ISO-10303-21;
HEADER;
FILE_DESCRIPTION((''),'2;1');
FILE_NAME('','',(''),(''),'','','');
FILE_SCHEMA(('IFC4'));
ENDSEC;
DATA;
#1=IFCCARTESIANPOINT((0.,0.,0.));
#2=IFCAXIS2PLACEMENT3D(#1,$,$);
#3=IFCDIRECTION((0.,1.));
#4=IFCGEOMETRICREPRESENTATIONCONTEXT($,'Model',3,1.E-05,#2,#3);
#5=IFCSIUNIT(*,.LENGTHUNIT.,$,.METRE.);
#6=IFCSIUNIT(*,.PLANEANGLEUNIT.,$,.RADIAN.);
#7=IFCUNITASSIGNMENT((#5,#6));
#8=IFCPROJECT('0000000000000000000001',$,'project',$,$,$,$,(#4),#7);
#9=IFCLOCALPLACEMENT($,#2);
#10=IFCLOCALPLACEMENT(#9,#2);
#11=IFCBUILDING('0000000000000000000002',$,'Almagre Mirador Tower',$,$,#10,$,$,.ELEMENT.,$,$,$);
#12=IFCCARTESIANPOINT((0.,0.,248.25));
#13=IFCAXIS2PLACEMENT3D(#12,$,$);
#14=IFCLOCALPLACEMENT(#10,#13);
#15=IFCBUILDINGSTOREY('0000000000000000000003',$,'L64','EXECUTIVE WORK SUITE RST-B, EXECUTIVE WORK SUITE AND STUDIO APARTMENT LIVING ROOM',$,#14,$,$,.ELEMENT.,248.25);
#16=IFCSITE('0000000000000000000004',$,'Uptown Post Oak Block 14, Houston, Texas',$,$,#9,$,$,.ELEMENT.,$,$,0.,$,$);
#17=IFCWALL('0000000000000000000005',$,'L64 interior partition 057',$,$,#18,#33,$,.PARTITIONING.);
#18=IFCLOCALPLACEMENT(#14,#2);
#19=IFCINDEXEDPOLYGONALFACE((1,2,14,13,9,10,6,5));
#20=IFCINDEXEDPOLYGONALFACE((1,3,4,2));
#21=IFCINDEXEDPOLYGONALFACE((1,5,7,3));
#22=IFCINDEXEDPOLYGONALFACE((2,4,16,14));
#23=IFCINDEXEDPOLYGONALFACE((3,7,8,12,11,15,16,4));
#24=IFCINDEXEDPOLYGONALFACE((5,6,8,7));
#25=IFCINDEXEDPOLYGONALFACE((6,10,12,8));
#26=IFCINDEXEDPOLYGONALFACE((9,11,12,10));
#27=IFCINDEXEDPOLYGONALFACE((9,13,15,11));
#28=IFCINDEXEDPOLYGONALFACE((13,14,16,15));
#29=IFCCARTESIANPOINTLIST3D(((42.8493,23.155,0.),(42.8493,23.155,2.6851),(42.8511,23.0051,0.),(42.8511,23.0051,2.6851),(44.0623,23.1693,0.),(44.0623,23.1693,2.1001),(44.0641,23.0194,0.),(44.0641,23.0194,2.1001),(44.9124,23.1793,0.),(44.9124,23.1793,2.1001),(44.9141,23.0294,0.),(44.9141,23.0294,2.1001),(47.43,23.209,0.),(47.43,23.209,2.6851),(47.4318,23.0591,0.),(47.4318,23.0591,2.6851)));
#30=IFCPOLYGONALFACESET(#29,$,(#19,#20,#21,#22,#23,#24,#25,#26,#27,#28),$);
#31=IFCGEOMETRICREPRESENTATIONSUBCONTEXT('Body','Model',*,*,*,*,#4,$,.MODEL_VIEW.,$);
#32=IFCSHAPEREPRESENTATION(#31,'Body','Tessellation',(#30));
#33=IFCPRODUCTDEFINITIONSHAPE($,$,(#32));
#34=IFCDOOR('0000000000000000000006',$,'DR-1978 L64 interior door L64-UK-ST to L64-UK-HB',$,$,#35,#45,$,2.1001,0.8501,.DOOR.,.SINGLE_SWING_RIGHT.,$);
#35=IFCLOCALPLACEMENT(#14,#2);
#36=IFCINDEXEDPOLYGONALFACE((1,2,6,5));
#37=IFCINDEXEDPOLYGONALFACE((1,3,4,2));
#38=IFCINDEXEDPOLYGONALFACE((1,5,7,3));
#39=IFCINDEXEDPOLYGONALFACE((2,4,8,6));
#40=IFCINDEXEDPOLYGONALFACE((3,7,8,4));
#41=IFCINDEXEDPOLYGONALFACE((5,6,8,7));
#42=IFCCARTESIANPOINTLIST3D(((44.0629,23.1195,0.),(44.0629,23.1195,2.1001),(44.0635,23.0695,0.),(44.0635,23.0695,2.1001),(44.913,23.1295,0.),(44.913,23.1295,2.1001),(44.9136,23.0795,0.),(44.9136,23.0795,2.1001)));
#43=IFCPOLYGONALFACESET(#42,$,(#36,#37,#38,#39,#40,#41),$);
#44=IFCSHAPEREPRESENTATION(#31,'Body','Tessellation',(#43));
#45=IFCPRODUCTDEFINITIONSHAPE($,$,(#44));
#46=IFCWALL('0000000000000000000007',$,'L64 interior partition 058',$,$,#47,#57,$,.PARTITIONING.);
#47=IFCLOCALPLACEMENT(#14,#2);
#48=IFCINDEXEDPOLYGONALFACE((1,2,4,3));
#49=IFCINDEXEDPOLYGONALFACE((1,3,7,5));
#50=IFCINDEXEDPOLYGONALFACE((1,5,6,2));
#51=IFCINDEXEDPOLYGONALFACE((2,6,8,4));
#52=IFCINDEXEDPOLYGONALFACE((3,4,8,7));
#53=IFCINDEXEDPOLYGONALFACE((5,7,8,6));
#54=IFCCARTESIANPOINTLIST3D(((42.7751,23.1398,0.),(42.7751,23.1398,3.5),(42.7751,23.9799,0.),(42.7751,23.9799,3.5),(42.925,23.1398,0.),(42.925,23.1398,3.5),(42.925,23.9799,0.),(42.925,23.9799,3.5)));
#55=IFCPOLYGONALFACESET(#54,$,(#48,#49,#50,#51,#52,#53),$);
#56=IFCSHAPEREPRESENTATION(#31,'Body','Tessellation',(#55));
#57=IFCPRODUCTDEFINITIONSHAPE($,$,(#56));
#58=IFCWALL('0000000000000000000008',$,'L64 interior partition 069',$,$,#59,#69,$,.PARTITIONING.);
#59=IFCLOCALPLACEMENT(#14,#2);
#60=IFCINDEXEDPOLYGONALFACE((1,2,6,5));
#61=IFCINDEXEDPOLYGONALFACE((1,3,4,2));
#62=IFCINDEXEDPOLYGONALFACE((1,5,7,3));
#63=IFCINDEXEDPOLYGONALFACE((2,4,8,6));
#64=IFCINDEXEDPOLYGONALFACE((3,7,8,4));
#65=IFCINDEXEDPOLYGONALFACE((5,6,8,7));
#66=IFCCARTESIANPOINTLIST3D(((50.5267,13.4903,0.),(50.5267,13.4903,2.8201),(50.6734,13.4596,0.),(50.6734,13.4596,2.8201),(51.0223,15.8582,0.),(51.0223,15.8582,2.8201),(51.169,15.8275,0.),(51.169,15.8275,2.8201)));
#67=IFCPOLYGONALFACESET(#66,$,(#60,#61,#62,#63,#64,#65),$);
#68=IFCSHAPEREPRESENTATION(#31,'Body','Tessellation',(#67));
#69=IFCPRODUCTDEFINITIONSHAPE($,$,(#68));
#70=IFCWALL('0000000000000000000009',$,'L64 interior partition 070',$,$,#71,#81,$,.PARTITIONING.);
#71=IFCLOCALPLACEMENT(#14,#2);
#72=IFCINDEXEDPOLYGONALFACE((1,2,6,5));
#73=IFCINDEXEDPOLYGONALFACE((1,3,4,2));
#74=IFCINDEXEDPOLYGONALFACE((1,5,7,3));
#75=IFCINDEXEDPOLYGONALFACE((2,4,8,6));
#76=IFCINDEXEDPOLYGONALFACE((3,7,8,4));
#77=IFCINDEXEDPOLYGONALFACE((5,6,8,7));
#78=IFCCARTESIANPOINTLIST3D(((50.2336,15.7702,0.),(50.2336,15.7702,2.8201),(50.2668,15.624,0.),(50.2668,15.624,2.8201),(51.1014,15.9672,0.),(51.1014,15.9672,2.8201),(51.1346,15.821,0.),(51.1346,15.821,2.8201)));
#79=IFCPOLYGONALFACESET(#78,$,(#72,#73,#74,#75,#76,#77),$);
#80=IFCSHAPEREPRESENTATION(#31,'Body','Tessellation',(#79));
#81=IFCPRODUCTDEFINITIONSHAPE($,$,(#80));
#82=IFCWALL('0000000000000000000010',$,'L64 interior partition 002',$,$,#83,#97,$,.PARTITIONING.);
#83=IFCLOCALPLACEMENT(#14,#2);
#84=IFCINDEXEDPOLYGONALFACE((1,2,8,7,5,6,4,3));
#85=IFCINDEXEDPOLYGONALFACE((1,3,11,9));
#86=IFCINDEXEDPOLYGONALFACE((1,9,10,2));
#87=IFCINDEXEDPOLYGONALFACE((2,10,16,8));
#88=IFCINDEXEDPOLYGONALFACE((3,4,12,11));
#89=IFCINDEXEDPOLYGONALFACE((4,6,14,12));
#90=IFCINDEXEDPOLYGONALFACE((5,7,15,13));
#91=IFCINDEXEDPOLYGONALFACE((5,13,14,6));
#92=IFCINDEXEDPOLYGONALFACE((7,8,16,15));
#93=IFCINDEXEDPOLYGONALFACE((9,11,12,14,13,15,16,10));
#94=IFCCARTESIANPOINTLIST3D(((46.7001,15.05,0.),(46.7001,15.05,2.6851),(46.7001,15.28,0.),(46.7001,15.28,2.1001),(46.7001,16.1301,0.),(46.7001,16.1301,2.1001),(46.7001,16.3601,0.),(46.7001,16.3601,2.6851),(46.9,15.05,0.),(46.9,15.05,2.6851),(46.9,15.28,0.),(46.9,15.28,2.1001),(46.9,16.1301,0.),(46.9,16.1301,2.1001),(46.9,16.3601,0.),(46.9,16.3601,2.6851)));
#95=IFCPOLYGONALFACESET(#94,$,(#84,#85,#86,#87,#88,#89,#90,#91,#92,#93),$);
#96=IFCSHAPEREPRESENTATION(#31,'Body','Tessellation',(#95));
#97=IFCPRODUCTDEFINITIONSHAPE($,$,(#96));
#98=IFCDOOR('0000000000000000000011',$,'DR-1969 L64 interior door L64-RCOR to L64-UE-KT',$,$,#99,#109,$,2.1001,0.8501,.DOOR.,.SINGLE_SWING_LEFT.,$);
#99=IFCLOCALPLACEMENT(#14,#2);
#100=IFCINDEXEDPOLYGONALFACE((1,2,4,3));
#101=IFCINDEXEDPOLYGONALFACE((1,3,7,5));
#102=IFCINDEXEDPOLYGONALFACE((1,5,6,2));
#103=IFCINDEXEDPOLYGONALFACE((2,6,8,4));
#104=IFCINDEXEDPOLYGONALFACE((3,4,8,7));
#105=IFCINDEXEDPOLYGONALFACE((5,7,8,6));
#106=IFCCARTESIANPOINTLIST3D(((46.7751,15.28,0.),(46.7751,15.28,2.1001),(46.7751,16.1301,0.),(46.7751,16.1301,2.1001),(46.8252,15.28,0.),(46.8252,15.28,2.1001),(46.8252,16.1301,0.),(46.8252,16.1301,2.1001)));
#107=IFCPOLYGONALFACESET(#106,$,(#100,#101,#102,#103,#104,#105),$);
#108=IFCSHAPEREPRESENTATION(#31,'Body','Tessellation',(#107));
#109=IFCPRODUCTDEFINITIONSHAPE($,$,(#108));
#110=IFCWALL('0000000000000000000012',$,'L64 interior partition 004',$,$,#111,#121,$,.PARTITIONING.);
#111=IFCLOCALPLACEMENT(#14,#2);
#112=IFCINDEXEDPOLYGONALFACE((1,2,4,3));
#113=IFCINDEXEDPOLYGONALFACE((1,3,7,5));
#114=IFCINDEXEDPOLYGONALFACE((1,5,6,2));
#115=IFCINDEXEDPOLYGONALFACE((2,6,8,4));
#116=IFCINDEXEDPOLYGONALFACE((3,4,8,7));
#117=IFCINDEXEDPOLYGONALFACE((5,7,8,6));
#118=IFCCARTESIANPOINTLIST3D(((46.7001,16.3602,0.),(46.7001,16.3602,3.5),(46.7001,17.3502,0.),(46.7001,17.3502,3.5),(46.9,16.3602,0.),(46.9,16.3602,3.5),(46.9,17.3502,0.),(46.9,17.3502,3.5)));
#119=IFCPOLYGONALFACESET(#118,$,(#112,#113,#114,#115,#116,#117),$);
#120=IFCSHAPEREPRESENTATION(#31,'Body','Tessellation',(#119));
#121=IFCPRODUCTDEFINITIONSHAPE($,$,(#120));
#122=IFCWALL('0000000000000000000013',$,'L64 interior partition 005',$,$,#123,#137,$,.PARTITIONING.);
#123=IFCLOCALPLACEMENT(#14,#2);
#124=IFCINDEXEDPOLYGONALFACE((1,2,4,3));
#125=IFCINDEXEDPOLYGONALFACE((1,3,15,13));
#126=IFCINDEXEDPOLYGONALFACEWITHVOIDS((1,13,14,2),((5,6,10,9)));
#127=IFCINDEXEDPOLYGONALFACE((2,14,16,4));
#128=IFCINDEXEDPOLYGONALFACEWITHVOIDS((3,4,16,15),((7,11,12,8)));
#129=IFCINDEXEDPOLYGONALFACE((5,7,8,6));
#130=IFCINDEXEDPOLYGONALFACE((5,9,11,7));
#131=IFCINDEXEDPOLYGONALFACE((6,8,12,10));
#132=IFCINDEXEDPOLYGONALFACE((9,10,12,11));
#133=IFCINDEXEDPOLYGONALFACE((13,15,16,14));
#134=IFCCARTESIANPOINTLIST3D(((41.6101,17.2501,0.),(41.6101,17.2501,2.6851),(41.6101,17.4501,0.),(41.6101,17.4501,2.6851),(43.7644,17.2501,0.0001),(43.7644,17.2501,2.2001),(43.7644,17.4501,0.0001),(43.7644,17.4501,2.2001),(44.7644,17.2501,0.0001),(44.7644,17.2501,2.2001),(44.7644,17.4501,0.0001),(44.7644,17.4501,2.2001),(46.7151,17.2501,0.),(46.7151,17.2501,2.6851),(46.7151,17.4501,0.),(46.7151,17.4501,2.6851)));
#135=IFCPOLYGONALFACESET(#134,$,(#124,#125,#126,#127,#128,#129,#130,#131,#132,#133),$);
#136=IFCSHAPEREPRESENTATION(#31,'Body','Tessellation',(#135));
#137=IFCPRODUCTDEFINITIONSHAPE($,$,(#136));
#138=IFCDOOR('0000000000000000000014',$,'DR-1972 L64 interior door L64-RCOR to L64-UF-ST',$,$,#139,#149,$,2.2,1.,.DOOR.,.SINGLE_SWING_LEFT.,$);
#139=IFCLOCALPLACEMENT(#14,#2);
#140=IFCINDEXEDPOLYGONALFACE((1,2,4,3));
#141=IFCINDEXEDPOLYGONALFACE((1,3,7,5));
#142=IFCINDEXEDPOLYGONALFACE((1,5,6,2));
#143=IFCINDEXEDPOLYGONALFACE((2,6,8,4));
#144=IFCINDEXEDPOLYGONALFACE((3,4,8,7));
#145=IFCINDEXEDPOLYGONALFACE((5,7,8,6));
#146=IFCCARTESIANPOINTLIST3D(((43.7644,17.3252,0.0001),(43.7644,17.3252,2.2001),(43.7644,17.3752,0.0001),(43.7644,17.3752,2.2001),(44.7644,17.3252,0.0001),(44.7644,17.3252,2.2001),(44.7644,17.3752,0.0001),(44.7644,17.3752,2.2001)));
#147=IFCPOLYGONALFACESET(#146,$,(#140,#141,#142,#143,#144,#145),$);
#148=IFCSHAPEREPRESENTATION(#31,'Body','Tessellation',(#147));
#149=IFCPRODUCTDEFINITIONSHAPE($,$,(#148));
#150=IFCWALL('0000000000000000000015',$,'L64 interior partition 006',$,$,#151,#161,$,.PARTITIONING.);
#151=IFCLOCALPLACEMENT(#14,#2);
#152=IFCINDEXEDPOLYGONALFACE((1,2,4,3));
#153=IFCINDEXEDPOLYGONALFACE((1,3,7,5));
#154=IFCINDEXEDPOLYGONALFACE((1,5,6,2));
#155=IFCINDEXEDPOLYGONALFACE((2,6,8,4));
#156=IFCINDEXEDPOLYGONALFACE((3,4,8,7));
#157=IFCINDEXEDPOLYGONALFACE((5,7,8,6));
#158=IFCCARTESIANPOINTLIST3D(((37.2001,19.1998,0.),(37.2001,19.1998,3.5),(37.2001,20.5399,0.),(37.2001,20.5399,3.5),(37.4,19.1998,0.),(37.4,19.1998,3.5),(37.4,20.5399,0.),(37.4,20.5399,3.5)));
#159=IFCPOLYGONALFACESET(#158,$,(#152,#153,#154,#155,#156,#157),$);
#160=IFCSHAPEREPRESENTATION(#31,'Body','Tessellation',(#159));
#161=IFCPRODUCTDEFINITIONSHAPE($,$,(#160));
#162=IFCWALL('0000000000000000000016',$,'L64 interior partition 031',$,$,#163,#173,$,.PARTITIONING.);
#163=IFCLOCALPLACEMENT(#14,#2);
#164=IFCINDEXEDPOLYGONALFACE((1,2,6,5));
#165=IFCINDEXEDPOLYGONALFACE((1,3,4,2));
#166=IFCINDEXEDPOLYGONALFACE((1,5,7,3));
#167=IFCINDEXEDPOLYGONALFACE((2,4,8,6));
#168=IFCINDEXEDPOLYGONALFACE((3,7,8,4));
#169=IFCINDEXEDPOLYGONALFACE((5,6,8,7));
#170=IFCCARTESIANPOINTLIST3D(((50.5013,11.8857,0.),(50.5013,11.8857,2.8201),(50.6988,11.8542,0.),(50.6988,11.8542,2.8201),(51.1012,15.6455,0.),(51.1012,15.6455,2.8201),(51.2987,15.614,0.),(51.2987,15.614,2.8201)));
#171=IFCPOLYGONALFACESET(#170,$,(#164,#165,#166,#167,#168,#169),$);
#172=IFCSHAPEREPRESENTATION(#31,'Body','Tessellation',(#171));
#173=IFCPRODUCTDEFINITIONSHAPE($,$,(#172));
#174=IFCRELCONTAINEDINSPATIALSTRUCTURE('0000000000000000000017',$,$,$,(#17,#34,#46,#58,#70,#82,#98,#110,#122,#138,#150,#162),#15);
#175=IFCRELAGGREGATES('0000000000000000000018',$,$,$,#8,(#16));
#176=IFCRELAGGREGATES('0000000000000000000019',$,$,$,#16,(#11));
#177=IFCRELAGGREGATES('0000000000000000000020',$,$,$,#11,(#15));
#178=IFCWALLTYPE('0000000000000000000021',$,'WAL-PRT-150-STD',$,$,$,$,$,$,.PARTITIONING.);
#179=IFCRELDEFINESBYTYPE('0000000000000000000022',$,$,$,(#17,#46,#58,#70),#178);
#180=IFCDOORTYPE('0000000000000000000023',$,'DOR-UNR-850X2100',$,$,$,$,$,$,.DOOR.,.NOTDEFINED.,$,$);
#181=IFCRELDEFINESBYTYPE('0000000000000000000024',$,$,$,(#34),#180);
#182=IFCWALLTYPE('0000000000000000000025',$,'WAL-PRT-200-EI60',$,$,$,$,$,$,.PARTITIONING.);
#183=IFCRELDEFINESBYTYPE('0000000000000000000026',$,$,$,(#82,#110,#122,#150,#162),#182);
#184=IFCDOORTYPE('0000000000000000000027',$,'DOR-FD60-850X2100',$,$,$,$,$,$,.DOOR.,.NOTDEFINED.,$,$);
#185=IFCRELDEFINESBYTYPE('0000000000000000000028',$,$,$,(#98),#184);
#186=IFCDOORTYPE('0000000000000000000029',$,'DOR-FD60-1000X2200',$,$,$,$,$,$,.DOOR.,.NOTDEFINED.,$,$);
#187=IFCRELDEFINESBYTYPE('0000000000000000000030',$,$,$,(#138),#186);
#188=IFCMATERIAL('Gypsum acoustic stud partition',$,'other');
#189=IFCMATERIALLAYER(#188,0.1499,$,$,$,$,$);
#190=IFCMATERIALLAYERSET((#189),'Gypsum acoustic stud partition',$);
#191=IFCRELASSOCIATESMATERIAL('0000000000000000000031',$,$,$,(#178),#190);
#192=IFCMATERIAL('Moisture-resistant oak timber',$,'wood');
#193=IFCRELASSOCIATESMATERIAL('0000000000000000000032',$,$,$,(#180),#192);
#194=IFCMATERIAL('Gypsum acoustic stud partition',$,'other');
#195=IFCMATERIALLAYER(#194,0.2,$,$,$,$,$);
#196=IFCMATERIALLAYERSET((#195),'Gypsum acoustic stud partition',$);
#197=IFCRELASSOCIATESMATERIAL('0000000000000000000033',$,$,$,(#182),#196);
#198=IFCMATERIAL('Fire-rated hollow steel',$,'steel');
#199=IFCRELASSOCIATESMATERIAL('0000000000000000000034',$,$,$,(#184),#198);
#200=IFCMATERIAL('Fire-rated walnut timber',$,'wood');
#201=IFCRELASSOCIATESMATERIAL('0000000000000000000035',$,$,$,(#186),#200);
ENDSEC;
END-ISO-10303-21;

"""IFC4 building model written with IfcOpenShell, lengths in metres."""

from ifc_helpers import new_model, si_unit, direction, frame, frame_2d, origin, place, context, subcontext, project, spatial, rectangle, extrude, material, layer, layer_set, type_object, element, fill, save


model = new_model("IFC4")

# Units and contexts
model_context = context("Model", 3, precision=1e-05, world=origin(), true_north=direction((0.0, 1.0)))
body_context = subcontext(model_context, "Body", "Model", "MODEL_VIEW")
ifc_project = project(units=[si_unit("LENGTHUNIT", "METRE"), si_unit("PLANEANGLEUNIT", "RADIAN")], contexts=[model_context])

# Site, building, storey
site_placement = place(None, origin())
site = spatial("IfcSite", under=ifc_project, at=site_placement, Name="Uptown Post Oak Block 14, Houston, Texas", CompositionType="ELEMENT", RefElevation=0.0)
building_placement = place(site_placement, origin())
building = spatial("IfcBuilding", under=site, at=building_placement, Name="Almagre Mirador Tower", CompositionType="ELEMENT")
storey_placement = place(building_placement, frame((0.0, 0.0, 248.25)))
storey = spatial("IfcBuildingStorey", under=building, at=storey_placement, Name="L64", Description="EXECUTIVE WORK SUITE RST-B, EXECUTIVE WORK SUITE AND STUDIO APARTMENT LIVING ROOM", CompositionType="ELEMENT", Elevation=248.25)

# Shared definitions
ifc_material_1 = material(Name="Gypsum acoustic stud partition", Category="other")
ifc_layer_1 = layer(ifc_material_1, 0.1499)
ifc_layer_set_1 = layer_set([ifc_layer_1], Name="Gypsum acoustic stud partition")
wall_type_1 = type_object("IfcWallType", Name="WAL-PRT-150-STD", PredefinedType="PARTITIONING", material=ifc_layer_set_1)

# Wall, opening, door
wall_1_placement = place(storey_placement, frame((47.4309, 23.134, 0.0), z_axis=(0.0, 0.0, 1.0), x_axis=(-0.999931, -0.011778, 0.0)))
wall_1 = element("IfcWall", 1, at=wall_1_placement, inside=storey, type_object=wall_type_1, Name="L64 interior partition 057", PredefinedType="PARTITIONING", context=body_context, shape_type="SweptSolid", body=[
    extrude(rectangle(XDim=4.5811, YDim=0.1499, at=frame_2d((2.2905, 0.0))), origin(), (0.0, 0.0, 1.0), 2.6851),
])
opening_1_placement = place(wall_1_placement, frame((2.5178, 0.0, 0.0)))
opening_1 = element("IfcOpeningElement", 2, at=opening_1_placement, cuts=wall_1, PredefinedType="OPENING", context=body_context, shape_type="SweptSolid", body=[
    extrude(rectangle(XDim=0.8501, YDim=2.1001, at=frame_2d((0.425, 1.05))), frame((0.0, 0.085, 0.0), z_axis=(0.0, -1.0, 0.0), x_axis=(1.0, 0.0, 0.0)), (0.0, 0.0, 1.0), 0.1699),
])
ifc_material_2 = material(Name="Moisture-resistant oak timber", Category="wood")
door_type_1 = type_object("IfcDoorType", Name="DOR-UNR-850X2100", OperationType="NOTDEFINED", PredefinedType="DOOR", material=ifc_material_2)
door_1_placement = place(opening_1_placement, origin())
door_1 = element("IfcDoor", 3, at=door_1_placement, inside=storey, type_object=door_type_1, Name="DR-1978 L64 interior door L64-UK-ST to L64-UK-HB", OperationType="SINGLE_SWING_RIGHT", OverallHeight=2.1001, OverallWidth=0.8501, PredefinedType="DOOR", context=body_context, shape_type="SweptSolid", body=[
    extrude(rectangle(XDim=0.8501, YDim=2.1001, at=frame_2d((0.425, 1.05))), frame((0.0, 0.0249, 0.0), z_axis=(0.0, -1.0, 0.0), x_axis=(1.0, 0.0, 0.0)), (0.0, 0.0, 1.0), 0.05),
])
fill(opening_1, door_1)

# Walls
wall_2_placement = place(storey_placement, frame((42.8501, 23.1399, 0.0), z_axis=(0.0, 0.0, 1.0), x_axis=(0.0, 1.0, 0.0)))
element("IfcWall", 4, at=wall_2_placement, inside=storey, type_object=wall_type_1, Name="L64 interior partition 058", PredefinedType="PARTITIONING", context=body_context, shape_type="SweptSolid", body=[
    extrude(rectangle(XDim=0.8401, YDim=0.1499, at=frame_2d((0.4199, 0.0))), origin(), (0.0, 0.0, 1.0), 3.5),
])
wall_3_placement = place(storey_placement, frame((50.6001, 13.4751, 0.0), z_axis=(0.0, 0.0, 1.0), x_axis=(0.204861, 0.978791, 0.0)))
element("IfcWall", 5, at=wall_3_placement, inside=storey, type_object=wall_type_1, Name="L64 interior partition 069", PredefinedType="PARTITIONING", context=body_context, shape_type="SweptSolid", body=[
    extrude(rectangle(XDim=2.4192, YDim=0.1499, at=frame_2d((1.2095, 0.0))), origin(), (0.0, 0.0, 1.0), 2.8201),
])
wall_4_placement = place(storey_placement, frame((51.1179, 15.894, 0.0), z_axis=(0.0, 0.0, 1.0), x_axis=(-0.975189, -0.221372, 0.0)))
element("IfcWall", 6, at=wall_4_placement, inside=storey, type_object=wall_type_1, Name="L64 interior partition 070", PredefinedType="PARTITIONING", context=body_context, shape_type="SweptSolid", body=[
    extrude(rectangle(XDim=0.8899, YDim=0.1499, at=frame_2d((0.4448, 0.0))), origin(), (0.0, 0.0, 1.0), 2.8201),
])

# Wall, opening, door
ifc_material_3 = material(Name="Gypsum acoustic stud partition", Category="other")
ifc_layer_2 = layer(ifc_material_3, 0.2)
ifc_layer_set_2 = layer_set([ifc_layer_2], Name="Gypsum acoustic stud partition")
wall_type_2 = type_object("IfcWallType", Name="WAL-PRT-200-EI60", PredefinedType="PARTITIONING", material=ifc_layer_set_2)
wall_5_placement = place(storey_placement, frame((46.8, 15.05, 0.0), z_axis=(0.0, 0.0, 1.0), x_axis=(0.0, 1.0, 0.0)))
wall_5 = element("IfcWall", 7, at=wall_5_placement, inside=storey, type_object=wall_type_2, Name="L64 interior partition 002", PredefinedType="PARTITIONING", context=body_context, shape_type="SweptSolid", body=[
    extrude(rectangle(XDim=1.3101, YDim=0.2, at=frame_2d((0.655, 0.0))), origin(), (0.0, 0.0, 1.0), 2.6851),
])
opening_2_placement = place(wall_5_placement, frame((0.23, 0.0, 0.0)))
opening_2 = element("IfcOpeningElement", 8, at=opening_2_placement, cuts=wall_5, PredefinedType="OPENING", context=body_context, shape_type="SweptSolid", body=[
    extrude(rectangle(XDim=0.8501, YDim=2.1001, at=frame_2d((0.425, 1.05))), frame((0.0, 0.1101, 0.0), z_axis=(0.0, -1.0, 0.0), x_axis=(1.0, 0.0, 0.0)), (0.0, 0.0, 1.0), 0.22),
])
ifc_material_4 = material(Name="Fire-rated hollow steel", Category="steel")
door_type_2 = type_object("IfcDoorType", Name="DOR-FD60-850X2100", OperationType="NOTDEFINED", PredefinedType="DOOR", material=ifc_material_4)
door_2_placement = place(opening_2_placement, origin())
door_2 = element("IfcDoor", 9, at=door_2_placement, inside=storey, type_object=door_type_2, Name="DR-1969 L64 interior door L64-RCOR to L64-UE-KT", OperationType="SINGLE_SWING_LEFT", OverallHeight=2.1001, OverallWidth=0.8501, PredefinedType="DOOR", context=body_context, shape_type="SweptSolid", body=[
    extrude(rectangle(XDim=0.8501, YDim=2.1001, at=frame_2d((0.425, 1.05))), frame((0.0, 0.0249, 0.0), z_axis=(0.0, -1.0, 0.0), x_axis=(1.0, 0.0, 0.0)), (0.0, 0.0, 1.0), 0.05),
])
fill(opening_2, door_2)

# Wall
wall_6_placement = place(storey_placement, frame((46.8, 16.3601, 0.0), z_axis=(0.0, 0.0, 1.0), x_axis=(0.0, 1.0, 0.0)))
element("IfcWall", 10, at=wall_6_placement, inside=storey, type_object=wall_type_2, Name="L64 interior partition 004", PredefinedType="PARTITIONING", context=body_context, shape_type="SweptSolid", body=[
    extrude(rectangle(XDim=0.99, YDim=0.2, at=frame_2d((0.4951, 0.0))), origin(), (0.0, 0.0, 1.0), 3.5),
])

# Wall, opening, door
wall_7_placement = place(storey_placement, frame((46.7151, 17.3501, 0.0), z_axis=(0.0, 0.0, 1.0), x_axis=(-1.0, 0.0, 0.0)))
wall_7 = element("IfcWall", 11, at=wall_7_placement, inside=storey, type_object=wall_type_2, Name="L64 interior partition 005", PredefinedType="PARTITIONING", context=body_context, shape_type="SweptSolid", body=[
    extrude(rectangle(XDim=5.105, YDim=0.2, at=frame_2d((2.5525, 0.0))), origin(), (0.0, 0.0, 1.0), 2.6851),
])
opening_3_placement = place(wall_7_placement, frame((1.9507, 0.0, 0.0)))
opening_3 = element("IfcOpeningElement", 12, at=opening_3_placement, cuts=wall_7, PredefinedType="OPENING", context=body_context, shape_type="SweptSolid", body=[
    extrude(rectangle(XDim=1.0, YDim=2.2, at=frame_2d((0.5, 1.1001))), frame((0.0, 0.1101, 0.0), z_axis=(0.0, -1.0, 0.0), x_axis=(1.0, 0.0, 0.0)), (0.0, 0.0, 1.0), 0.22),
])
ifc_material_5 = material(Name="Fire-rated walnut timber", Category="wood")
door_type_3 = type_object("IfcDoorType", Name="DOR-FD60-1000X2200", OperationType="NOTDEFINED", PredefinedType="DOOR", material=ifc_material_5)
door_3_placement = place(opening_3_placement, origin())
door_3 = element("IfcDoor", 13, at=door_3_placement, inside=storey, type_object=door_type_3, Name="DR-1972 L64 interior door L64-RCOR to L64-UF-ST", OperationType="SINGLE_SWING_LEFT", OverallHeight=2.2, OverallWidth=1.0, PredefinedType="DOOR", context=body_context, shape_type="SweptSolid", body=[
    extrude(rectangle(XDim=1.0, YDim=2.2, at=frame_2d((0.5, 1.1001))), frame((0.0, 0.0249, 0.0), z_axis=(0.0, -1.0, 0.0), x_axis=(1.0, 0.0, 0.0)), (0.0, 0.0, 1.0), 0.05),
])
fill(opening_3, door_3)

# Walls
wall_8_placement = place(storey_placement, frame((37.3, 19.2, 0.0), z_axis=(0.0, 0.0, 1.0), x_axis=(0.0, 1.0, 0.0)))
element("IfcWall", 14, at=wall_8_placement, inside=storey, type_object=wall_type_2, Name="L64 interior partition 006", PredefinedType="PARTITIONING", context=body_context, shape_type="SweptSolid", body=[
    extrude(rectangle(XDim=1.3401, YDim=0.2, at=frame_2d((0.6699, 0.0))), origin(), (0.0, 0.0, 1.0), 3.5),
])
wall_9_placement = place(storey_placement, frame((51.2, 15.6299, 0.0), z_axis=(0.0, 0.0, 1.0), x_axis=(-0.157553, -0.987511, 0.0)))
element("IfcWall", 15, at=wall_9_placement, inside=storey, type_object=wall_type_2, Name="L64 interior partition 031", PredefinedType="PARTITIONING", context=body_context, shape_type="SweptSolid", body=[
    extrude(rectangle(XDim=3.8074, YDim=0.2, at=frame_2d((1.9038, 0.0))), origin(), (0.0, 0.0, 1.0), 2.8201),
])

save(model, "model.ifc")
